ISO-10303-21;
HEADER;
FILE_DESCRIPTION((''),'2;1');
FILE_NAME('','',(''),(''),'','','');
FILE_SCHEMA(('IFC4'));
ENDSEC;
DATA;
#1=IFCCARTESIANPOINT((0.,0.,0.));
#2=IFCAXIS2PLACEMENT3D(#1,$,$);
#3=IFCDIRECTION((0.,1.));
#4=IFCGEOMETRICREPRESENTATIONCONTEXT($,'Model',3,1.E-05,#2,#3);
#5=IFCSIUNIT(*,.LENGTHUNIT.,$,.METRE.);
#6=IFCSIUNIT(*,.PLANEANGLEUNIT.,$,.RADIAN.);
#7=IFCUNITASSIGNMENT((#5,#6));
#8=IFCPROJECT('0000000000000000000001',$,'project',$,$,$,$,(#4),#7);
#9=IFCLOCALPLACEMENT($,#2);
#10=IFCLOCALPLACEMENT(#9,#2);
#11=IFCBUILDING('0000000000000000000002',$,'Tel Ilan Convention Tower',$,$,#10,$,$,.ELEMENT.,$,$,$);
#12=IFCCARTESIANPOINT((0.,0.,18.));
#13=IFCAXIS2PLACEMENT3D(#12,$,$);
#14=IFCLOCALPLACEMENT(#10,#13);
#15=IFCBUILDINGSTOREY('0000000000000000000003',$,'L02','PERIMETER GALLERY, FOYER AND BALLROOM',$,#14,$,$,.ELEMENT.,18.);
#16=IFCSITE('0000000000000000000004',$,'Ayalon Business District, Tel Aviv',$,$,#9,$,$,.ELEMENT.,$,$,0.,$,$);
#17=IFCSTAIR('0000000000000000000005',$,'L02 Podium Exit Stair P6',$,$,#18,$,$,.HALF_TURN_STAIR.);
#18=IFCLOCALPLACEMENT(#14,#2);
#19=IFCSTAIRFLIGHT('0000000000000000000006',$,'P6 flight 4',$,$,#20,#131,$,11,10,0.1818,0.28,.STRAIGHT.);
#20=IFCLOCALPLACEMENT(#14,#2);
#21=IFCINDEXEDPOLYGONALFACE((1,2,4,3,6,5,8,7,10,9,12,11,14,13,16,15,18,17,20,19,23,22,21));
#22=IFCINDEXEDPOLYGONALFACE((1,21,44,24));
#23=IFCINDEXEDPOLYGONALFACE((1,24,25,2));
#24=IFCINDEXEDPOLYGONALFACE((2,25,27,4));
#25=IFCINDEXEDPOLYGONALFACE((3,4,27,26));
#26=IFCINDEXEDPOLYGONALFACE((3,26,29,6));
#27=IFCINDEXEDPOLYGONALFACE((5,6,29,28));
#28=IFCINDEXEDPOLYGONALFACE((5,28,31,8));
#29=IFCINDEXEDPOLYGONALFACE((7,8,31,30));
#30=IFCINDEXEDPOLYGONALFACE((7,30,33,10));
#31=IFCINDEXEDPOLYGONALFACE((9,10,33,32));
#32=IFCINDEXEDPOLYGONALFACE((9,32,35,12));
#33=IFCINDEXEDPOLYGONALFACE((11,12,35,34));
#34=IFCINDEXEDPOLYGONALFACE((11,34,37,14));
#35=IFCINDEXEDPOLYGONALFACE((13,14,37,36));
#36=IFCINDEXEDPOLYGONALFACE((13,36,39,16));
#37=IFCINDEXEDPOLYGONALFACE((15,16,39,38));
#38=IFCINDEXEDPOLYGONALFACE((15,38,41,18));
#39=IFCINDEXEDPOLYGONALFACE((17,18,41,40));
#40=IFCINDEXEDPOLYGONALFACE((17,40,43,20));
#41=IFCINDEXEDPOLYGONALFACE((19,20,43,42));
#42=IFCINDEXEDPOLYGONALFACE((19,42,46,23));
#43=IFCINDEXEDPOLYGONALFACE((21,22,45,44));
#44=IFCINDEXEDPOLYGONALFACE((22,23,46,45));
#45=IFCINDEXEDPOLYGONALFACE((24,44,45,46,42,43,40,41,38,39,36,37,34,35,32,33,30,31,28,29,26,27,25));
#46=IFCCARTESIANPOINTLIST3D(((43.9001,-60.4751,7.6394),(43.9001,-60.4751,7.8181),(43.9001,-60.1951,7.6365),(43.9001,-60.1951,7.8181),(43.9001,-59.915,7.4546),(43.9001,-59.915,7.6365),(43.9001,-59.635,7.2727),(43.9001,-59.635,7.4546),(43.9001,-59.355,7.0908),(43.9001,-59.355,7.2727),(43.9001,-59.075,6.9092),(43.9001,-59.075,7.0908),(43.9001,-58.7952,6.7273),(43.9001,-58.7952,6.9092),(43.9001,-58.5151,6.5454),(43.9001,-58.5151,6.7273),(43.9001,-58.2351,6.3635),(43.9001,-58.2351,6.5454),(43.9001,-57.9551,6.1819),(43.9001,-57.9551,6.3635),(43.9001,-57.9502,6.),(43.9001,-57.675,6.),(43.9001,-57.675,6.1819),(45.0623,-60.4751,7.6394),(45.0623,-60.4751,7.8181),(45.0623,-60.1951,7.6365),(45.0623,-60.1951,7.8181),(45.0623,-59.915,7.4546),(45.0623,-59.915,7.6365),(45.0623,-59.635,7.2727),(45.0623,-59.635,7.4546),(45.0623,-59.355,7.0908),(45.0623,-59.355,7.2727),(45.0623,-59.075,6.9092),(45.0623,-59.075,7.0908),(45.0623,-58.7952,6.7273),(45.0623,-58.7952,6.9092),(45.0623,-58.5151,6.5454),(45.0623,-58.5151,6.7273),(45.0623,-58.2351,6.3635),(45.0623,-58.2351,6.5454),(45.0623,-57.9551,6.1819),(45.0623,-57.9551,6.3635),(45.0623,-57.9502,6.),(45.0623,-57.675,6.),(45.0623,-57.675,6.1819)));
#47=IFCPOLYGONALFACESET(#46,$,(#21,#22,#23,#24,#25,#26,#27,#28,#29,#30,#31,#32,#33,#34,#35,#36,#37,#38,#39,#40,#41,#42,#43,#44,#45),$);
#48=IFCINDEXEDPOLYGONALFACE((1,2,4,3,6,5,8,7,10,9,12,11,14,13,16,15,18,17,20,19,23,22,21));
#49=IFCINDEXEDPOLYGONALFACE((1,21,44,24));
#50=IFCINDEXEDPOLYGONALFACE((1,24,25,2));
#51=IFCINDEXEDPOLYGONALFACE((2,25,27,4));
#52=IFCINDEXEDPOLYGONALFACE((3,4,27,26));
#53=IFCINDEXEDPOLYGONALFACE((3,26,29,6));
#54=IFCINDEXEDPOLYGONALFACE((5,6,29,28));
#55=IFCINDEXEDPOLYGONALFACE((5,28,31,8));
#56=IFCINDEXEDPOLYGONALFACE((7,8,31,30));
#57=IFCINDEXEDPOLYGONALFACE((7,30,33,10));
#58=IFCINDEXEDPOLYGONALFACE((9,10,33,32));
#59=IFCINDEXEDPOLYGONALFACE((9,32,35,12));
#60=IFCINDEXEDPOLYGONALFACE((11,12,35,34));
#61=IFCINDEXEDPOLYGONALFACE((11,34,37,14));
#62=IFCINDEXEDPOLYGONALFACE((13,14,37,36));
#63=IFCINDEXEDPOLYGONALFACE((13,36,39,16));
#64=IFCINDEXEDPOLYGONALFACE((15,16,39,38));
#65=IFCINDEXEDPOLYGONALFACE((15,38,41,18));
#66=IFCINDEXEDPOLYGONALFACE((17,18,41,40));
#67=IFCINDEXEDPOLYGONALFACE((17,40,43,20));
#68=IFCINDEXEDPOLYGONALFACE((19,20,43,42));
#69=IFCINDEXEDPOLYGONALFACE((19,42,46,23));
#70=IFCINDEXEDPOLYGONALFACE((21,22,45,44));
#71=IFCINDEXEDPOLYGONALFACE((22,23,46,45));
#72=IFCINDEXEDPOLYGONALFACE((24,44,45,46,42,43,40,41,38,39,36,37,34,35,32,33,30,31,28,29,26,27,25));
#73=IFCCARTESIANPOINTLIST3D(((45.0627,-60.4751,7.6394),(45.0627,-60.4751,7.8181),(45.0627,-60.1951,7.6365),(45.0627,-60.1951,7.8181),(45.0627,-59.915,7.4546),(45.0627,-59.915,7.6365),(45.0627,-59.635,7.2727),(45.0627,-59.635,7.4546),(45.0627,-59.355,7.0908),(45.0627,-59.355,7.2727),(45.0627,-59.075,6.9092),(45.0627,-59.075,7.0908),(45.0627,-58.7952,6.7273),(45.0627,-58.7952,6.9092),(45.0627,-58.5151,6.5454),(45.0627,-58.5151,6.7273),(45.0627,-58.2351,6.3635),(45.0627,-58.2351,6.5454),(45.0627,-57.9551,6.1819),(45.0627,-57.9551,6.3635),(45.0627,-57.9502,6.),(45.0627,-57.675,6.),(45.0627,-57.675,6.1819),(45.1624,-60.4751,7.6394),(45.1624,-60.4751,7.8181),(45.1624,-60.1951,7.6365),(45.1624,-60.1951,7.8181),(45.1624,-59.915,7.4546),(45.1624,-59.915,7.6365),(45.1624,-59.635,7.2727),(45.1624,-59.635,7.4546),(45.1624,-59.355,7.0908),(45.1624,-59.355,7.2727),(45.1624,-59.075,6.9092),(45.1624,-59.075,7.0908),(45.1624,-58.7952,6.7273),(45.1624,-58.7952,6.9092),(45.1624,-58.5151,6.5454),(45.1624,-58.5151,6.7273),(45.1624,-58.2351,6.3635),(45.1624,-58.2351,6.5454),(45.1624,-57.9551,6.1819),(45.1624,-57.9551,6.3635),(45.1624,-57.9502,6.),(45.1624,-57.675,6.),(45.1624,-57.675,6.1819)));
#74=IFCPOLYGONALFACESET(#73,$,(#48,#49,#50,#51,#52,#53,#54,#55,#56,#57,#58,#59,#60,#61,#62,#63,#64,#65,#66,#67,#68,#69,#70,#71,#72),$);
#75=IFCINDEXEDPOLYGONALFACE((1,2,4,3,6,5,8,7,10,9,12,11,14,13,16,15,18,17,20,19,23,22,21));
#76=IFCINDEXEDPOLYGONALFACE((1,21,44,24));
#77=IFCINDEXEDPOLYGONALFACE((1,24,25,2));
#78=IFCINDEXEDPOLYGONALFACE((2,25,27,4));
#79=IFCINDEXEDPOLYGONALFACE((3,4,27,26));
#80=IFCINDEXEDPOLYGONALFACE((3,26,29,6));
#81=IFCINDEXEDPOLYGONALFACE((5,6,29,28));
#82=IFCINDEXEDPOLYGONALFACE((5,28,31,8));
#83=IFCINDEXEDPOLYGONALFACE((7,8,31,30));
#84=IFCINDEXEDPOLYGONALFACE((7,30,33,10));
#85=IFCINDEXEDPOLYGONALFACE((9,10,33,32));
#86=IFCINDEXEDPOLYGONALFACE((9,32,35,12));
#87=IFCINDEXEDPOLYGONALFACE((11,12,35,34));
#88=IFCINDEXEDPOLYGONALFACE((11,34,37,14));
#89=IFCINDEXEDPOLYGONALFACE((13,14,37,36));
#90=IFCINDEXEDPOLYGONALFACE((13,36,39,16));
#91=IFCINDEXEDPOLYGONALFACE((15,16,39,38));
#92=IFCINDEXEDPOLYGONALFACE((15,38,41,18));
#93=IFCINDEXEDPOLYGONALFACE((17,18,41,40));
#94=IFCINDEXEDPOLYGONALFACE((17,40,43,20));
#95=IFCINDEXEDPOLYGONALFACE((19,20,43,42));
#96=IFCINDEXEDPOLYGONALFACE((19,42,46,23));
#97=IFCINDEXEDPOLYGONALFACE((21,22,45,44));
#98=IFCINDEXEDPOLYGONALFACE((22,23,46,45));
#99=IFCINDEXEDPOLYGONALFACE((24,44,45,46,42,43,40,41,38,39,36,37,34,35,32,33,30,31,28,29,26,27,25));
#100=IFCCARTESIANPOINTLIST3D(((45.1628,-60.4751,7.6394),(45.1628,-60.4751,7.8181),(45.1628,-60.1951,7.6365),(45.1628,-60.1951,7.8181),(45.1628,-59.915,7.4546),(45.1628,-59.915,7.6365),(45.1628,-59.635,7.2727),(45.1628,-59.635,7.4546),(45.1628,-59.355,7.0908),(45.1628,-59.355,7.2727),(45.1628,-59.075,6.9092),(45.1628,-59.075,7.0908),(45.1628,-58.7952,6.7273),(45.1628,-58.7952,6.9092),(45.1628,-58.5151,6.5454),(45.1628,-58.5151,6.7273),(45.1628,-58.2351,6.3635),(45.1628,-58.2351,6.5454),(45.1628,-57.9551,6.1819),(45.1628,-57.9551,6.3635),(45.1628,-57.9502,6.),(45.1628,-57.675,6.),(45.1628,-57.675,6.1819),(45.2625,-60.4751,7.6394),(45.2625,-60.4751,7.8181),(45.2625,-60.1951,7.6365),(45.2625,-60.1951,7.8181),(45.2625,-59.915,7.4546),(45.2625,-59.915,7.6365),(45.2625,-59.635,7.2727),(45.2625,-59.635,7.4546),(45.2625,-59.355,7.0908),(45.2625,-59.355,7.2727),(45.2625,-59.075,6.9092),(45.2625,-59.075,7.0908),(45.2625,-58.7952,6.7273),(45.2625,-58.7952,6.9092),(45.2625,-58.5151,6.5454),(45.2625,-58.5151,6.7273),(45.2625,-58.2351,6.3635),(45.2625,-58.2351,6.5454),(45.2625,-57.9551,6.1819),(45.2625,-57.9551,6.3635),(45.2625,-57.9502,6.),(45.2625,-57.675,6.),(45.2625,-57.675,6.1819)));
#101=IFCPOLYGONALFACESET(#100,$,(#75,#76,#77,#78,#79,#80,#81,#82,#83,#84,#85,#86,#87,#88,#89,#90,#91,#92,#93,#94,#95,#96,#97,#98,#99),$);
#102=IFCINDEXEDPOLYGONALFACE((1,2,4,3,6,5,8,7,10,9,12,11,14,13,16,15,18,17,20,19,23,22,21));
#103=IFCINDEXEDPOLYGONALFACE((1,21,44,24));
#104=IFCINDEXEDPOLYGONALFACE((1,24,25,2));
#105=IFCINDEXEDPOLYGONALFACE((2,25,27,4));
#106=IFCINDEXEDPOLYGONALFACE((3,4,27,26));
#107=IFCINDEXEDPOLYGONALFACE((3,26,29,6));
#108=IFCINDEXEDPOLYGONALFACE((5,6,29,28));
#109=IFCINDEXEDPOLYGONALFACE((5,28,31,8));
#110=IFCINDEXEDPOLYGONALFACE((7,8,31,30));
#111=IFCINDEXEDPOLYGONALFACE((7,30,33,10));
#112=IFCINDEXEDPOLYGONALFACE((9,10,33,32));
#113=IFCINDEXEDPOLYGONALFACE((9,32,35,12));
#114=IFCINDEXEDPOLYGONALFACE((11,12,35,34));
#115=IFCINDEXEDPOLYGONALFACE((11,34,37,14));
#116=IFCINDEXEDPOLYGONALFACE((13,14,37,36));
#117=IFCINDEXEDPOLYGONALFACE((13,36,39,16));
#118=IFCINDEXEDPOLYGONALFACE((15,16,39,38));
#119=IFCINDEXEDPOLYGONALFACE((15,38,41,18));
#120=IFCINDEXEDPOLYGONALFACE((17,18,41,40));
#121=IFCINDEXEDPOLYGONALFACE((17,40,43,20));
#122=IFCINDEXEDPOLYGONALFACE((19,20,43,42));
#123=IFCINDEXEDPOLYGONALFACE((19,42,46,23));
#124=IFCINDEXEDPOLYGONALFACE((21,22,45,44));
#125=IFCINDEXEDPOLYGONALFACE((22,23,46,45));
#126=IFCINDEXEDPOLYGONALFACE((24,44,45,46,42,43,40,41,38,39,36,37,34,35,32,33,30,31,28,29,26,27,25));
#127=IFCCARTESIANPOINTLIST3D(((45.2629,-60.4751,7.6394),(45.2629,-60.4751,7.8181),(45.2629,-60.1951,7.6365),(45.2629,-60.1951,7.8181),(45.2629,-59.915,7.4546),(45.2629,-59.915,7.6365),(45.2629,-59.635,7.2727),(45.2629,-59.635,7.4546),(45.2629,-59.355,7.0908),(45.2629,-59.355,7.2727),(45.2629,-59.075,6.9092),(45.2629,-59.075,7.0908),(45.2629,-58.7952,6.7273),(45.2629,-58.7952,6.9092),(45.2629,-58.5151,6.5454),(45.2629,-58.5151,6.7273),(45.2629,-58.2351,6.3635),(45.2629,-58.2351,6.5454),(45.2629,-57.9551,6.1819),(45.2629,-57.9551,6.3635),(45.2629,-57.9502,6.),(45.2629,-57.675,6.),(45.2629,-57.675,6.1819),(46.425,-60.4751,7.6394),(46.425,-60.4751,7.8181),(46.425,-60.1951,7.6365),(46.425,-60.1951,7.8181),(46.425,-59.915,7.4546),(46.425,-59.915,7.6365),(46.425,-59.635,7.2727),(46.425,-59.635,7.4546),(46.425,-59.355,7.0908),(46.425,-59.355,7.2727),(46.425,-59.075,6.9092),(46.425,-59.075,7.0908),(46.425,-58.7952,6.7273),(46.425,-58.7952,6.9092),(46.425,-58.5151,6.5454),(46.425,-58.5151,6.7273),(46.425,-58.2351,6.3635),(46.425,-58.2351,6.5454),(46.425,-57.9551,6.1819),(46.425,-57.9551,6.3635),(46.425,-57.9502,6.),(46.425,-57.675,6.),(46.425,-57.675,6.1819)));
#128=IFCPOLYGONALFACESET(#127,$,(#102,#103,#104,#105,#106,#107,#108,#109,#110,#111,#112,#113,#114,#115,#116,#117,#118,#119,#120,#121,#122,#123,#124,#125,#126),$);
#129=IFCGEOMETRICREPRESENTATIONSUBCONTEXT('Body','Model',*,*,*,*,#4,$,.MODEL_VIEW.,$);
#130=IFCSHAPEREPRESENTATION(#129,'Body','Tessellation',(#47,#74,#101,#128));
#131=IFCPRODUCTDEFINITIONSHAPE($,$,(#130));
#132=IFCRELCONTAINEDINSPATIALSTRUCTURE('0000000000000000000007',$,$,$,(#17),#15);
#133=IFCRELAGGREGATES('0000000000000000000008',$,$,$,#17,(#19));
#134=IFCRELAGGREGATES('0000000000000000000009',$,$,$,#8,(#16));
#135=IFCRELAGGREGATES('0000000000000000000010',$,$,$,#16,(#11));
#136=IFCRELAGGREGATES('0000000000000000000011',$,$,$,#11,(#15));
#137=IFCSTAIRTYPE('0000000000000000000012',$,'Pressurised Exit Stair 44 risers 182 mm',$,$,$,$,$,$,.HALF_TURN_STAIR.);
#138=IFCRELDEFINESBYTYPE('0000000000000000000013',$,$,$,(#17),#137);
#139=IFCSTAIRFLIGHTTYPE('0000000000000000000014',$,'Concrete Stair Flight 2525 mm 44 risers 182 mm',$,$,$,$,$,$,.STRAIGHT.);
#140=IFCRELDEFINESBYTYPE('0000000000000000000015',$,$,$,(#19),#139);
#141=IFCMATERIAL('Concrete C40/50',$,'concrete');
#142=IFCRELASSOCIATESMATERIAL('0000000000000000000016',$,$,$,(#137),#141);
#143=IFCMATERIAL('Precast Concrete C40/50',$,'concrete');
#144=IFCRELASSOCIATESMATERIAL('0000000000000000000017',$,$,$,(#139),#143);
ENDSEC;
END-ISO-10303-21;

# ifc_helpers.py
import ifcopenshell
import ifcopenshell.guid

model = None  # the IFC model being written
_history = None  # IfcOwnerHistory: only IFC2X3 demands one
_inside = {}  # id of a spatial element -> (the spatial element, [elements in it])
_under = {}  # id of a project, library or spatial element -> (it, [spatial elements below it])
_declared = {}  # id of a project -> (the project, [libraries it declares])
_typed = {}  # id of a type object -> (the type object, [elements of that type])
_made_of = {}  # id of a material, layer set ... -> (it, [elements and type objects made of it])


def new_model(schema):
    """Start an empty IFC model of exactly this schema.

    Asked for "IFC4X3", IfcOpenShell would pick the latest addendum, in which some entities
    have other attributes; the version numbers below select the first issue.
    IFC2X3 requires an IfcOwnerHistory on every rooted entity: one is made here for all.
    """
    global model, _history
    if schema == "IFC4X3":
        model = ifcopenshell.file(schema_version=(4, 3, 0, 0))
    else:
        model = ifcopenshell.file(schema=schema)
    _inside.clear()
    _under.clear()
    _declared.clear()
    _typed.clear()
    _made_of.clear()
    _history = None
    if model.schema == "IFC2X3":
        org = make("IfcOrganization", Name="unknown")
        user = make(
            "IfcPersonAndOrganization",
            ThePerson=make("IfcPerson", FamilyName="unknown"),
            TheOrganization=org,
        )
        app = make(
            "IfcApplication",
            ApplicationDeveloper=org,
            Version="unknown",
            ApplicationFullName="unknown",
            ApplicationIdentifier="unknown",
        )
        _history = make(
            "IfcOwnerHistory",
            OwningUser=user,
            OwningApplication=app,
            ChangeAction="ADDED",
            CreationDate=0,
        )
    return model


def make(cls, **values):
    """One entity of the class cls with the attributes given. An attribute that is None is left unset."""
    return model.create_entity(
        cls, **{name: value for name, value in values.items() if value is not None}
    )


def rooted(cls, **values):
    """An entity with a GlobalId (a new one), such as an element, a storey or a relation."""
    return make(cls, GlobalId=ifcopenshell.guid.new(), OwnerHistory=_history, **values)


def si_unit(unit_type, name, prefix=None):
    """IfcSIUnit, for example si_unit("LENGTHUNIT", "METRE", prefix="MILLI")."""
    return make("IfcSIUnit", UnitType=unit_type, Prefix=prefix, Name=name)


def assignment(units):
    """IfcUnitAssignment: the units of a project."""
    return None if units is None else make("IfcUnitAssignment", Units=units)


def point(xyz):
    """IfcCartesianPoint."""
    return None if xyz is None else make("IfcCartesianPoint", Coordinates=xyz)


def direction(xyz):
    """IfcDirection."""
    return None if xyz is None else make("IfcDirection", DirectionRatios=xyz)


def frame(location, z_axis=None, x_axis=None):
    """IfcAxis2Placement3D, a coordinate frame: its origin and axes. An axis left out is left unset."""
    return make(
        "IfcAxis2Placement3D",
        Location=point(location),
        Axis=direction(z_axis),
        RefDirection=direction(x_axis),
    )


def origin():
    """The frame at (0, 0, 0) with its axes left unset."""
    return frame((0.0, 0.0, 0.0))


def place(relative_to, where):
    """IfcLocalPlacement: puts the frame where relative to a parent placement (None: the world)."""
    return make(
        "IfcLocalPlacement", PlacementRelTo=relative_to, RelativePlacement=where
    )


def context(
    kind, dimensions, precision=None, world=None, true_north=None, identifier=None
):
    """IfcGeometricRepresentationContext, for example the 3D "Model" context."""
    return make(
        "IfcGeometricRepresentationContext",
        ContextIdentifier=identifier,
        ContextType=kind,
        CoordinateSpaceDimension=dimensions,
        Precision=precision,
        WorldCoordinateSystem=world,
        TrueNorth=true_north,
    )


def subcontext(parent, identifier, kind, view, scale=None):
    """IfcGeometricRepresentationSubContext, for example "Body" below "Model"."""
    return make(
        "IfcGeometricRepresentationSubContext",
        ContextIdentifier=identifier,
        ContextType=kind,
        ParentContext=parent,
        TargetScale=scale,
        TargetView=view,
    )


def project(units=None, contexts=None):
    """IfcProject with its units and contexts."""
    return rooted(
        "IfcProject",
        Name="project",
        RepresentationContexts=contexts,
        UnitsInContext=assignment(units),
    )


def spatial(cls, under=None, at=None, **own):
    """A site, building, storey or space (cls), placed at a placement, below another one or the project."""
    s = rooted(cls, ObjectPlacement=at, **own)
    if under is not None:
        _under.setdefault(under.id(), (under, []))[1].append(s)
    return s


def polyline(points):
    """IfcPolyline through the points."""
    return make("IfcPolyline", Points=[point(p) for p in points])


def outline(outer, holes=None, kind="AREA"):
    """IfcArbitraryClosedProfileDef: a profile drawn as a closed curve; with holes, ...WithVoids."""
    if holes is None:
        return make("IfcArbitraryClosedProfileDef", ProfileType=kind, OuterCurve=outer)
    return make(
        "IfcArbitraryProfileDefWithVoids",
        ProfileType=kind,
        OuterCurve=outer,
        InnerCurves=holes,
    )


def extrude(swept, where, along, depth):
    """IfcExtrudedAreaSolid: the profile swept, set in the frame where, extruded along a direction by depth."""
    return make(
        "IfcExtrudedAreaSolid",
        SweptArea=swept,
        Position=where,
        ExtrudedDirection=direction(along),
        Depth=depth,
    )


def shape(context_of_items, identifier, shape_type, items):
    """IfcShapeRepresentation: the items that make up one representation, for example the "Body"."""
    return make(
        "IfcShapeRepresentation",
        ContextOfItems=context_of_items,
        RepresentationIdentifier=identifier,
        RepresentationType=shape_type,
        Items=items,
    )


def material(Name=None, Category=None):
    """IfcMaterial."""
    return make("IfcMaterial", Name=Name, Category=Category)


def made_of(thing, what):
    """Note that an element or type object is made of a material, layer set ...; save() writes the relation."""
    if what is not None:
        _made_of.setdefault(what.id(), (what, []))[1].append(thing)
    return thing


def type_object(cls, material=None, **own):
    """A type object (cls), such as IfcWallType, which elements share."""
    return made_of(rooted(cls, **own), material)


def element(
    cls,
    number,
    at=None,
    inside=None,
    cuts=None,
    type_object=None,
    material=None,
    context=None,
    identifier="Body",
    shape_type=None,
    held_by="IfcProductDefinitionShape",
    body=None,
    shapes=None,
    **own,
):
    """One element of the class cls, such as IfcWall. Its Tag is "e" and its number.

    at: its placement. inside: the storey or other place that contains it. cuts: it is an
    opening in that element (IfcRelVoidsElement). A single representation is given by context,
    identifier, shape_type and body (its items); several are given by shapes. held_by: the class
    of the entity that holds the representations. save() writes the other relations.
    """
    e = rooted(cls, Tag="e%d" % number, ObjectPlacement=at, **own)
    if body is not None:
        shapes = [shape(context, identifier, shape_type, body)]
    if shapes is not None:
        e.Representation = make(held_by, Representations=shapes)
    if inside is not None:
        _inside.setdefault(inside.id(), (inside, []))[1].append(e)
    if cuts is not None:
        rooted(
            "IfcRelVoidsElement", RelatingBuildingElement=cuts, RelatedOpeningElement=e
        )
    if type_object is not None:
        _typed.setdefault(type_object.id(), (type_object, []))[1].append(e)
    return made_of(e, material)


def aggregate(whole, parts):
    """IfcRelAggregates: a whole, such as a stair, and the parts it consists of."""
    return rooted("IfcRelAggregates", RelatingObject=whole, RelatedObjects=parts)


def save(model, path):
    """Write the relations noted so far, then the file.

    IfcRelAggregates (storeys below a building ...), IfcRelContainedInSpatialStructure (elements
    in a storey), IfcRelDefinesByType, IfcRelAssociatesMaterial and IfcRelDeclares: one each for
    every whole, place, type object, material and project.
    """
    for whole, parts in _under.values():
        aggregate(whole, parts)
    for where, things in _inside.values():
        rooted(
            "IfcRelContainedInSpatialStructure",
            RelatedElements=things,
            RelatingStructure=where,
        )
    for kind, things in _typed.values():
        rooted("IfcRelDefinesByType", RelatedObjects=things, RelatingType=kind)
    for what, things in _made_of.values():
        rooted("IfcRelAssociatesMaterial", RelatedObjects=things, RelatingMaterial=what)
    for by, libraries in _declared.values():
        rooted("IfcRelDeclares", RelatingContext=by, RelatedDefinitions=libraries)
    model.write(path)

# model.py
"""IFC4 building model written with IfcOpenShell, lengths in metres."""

from ifc_helpers import new_model, si_unit, direction, frame, origin, place, context, subcontext, project, spatial, polyline, outline, extrude, material, type_object, element, aggregate, save


model = new_model("IFC4")

# Units and contexts
model_context = context("Model", 3, precision=1e-05, world=origin(), true_north=direction((0.0, 1.0)))
body_context = subcontext(model_context, "Body", "Model", "MODEL_VIEW")
ifc_project = project(units=[si_unit("LENGTHUNIT", "METRE"), si_unit("PLANEANGLEUNIT", "RADIAN")], contexts=[model_context])

# Site, building, storey
site_placement = place(None, origin())
site = spatial("IfcSite", under=ifc_project, at=site_placement, Name="Ayalon Business District, Tel Aviv", CompositionType="ELEMENT", RefElevation=0.0)
building_placement = place(site_placement, origin())
building = spatial("IfcBuilding", under=site, at=building_placement, Name="Tel Ilan Convention Tower", CompositionType="ELEMENT")
storey_placement = place(building_placement, frame((0.0, 0.0, 18.0)))
storey = spatial("IfcBuildingStorey", under=building, at=storey_placement, Name="L02", Description="PERIMETER GALLERY, FOYER AND BALLROOM", CompositionType="ELEMENT", Elevation=18.0)

# Stair, stair flight
ifc_material_1 = material(Name="Concrete C40/50", Category="concrete")
stair_type = type_object("IfcStairType", Name="Pressurised Exit Stair 44 risers 182 mm", PredefinedType="HALF_TURN_STAIR", material=ifc_material_1)
stair_1_placement = place(storey_placement, origin())
stair_1 = element("IfcStair", 1, at=stair_1_placement, inside=storey, type_object=stair_type, Name="L02 Podium Exit Stair P6", PredefinedType="HALF_TURN_STAIR")
ifc_material_2 = material(Name="Precast Concrete C40/50", Category="concrete")
stair_flight_type = type_object("IfcStairFlightType", Name="Concrete Stair Flight 2525 mm 44 risers 182 mm", PredefinedType="STRAIGHT", material=ifc_material_2)
stair_flight_1_placement = place(storey_placement, frame((45.1626, -57.675, 6.0), z_axis=(0.0, 0.0, 1.0), x_axis=(0.0, -1.0, 0.0)))
stair_flight_1 = element("IfcStairFlight", 2, at=stair_flight_1_placement, type_object=stair_flight_type, Name="P6 flight 4", NumberOfRisers=11, NumberOfTreads=10, PredefinedType="STRAIGHT", RiserHeight=0.1818, TreadLength=0.28, context=body_context, shape_type="SweptSolid", body=[
    extrude(outline(polyline([(0.0, 0.0), (0.0, 0.1819), (0.28, 0.1819), (0.28, 0.3635), (0.5601, 0.3635), (0.5601, 0.5454), (0.8401, 0.5454), (0.8401, 0.7273), (1.1201, 0.7273), (1.1201, 0.9092), (1.3999, 0.9092), (1.3999, 1.0908), (1.6799, 1.0908), (1.6799, 1.2727), (1.96, 1.2727), (1.96, 1.4546), (2.24, 1.4546), (2.24, 1.6365), (2.52, 1.6365), (2.52, 1.8181), (2.8, 1.8181), (2.8, 2.0), (2.8, 1.6394), (0.2751, 0.0), (0.0, 0.0)])), frame((0.0, -0.1003, 0.0), z_axis=(0.0, -1.0, 0.0), x_axis=(1.0, 0.0, 0.0)), (0.0, 0.0, 1.0), 1.1621),
    extrude(outline(polyline([(0.0, 0.0), (0.0, 0.1819), (0.28, 0.1819), (0.28, 0.3635), (0.5601, 0.3635), (0.5601, 0.5454), (0.8401, 0.5454), (0.8401, 0.7273), (1.1201, 0.7273), (1.1201, 0.9092), (1.3999, 0.9092), (1.3999, 1.0908), (1.6799, 1.0908), (1.6799, 1.2727), (1.96, 1.2727), (1.96, 1.4546), (2.24, 1.4546), (2.24, 1.6365), (2.52, 1.6365), (2.52, 1.8181), (2.8, 1.8181), (2.8, 2.0), (2.8, 1.6394), (0.2751, 0.0), (0.0, 0.0)])), frame((0.0, -0.0002, 0.0), z_axis=(0.0, -1.0, 0.0), x_axis=(1.0, 0.0, 0.0)), (0.0, 0.0, 1.0), 0.0996),
    extrude(outline(polyline([(0.0, 0.0), (0.0, 0.1819), (0.28, 0.1819), (0.28, 0.3635), (0.5601, 0.3635), (0.5601, 0.5454), (0.8401, 0.5454), (0.8401, 0.7273), (1.1201, 0.7273), (1.1201, 0.9092), (1.3999, 0.9092), (1.3999, 1.0908), (1.6799, 1.0908), (1.6799, 1.2727), (1.96, 1.2727), (1.96, 1.4546), (2.24, 1.4546), (2.24, 1.6365), (2.52, 1.6365), (2.52, 1.8181), (2.8, 1.8181), (2.8, 2.0), (2.8, 1.6394), (0.2751, 0.0), (0.0, 0.0)])), frame((0.0, 0.0999, 0.0), z_axis=(0.0, -1.0, 0.0), x_axis=(1.0, 0.0, 0.0)), (0.0, 0.0, 1.0), 0.0996),
    extrude(outline(polyline([(0.0, 0.0), (0.0, 0.1819), (0.28, 0.1819), (0.28, 0.3635), (0.5601, 0.3635), (0.5601, 0.5454), (0.8401, 0.5454), (0.8401, 0.7273), (1.1201, 0.7273), (1.1201, 0.9092), (1.3999, 0.9092), (1.3999, 1.0908), (1.6799, 1.0908), (1.6799, 1.2727), (1.96, 1.2727), (1.96, 1.4546), (2.24, 1.4546), (2.24, 1.6365), (2.52, 1.6365), (2.52, 1.8181), (2.8, 1.8181), (2.8, 2.0), (2.8, 1.6394), (0.2751, 0.0), (0.0, 0.0)])), frame((0.0, 1.2625, 0.0), z_axis=(0.0, -1.0, 0.0), x_axis=(1.0, 0.0, 0.0)), (0.0, 0.0, 1.0), 1.1621),
])
aggregate(stair_1, [stair_flight_1])

save(model, "model.ifc")
